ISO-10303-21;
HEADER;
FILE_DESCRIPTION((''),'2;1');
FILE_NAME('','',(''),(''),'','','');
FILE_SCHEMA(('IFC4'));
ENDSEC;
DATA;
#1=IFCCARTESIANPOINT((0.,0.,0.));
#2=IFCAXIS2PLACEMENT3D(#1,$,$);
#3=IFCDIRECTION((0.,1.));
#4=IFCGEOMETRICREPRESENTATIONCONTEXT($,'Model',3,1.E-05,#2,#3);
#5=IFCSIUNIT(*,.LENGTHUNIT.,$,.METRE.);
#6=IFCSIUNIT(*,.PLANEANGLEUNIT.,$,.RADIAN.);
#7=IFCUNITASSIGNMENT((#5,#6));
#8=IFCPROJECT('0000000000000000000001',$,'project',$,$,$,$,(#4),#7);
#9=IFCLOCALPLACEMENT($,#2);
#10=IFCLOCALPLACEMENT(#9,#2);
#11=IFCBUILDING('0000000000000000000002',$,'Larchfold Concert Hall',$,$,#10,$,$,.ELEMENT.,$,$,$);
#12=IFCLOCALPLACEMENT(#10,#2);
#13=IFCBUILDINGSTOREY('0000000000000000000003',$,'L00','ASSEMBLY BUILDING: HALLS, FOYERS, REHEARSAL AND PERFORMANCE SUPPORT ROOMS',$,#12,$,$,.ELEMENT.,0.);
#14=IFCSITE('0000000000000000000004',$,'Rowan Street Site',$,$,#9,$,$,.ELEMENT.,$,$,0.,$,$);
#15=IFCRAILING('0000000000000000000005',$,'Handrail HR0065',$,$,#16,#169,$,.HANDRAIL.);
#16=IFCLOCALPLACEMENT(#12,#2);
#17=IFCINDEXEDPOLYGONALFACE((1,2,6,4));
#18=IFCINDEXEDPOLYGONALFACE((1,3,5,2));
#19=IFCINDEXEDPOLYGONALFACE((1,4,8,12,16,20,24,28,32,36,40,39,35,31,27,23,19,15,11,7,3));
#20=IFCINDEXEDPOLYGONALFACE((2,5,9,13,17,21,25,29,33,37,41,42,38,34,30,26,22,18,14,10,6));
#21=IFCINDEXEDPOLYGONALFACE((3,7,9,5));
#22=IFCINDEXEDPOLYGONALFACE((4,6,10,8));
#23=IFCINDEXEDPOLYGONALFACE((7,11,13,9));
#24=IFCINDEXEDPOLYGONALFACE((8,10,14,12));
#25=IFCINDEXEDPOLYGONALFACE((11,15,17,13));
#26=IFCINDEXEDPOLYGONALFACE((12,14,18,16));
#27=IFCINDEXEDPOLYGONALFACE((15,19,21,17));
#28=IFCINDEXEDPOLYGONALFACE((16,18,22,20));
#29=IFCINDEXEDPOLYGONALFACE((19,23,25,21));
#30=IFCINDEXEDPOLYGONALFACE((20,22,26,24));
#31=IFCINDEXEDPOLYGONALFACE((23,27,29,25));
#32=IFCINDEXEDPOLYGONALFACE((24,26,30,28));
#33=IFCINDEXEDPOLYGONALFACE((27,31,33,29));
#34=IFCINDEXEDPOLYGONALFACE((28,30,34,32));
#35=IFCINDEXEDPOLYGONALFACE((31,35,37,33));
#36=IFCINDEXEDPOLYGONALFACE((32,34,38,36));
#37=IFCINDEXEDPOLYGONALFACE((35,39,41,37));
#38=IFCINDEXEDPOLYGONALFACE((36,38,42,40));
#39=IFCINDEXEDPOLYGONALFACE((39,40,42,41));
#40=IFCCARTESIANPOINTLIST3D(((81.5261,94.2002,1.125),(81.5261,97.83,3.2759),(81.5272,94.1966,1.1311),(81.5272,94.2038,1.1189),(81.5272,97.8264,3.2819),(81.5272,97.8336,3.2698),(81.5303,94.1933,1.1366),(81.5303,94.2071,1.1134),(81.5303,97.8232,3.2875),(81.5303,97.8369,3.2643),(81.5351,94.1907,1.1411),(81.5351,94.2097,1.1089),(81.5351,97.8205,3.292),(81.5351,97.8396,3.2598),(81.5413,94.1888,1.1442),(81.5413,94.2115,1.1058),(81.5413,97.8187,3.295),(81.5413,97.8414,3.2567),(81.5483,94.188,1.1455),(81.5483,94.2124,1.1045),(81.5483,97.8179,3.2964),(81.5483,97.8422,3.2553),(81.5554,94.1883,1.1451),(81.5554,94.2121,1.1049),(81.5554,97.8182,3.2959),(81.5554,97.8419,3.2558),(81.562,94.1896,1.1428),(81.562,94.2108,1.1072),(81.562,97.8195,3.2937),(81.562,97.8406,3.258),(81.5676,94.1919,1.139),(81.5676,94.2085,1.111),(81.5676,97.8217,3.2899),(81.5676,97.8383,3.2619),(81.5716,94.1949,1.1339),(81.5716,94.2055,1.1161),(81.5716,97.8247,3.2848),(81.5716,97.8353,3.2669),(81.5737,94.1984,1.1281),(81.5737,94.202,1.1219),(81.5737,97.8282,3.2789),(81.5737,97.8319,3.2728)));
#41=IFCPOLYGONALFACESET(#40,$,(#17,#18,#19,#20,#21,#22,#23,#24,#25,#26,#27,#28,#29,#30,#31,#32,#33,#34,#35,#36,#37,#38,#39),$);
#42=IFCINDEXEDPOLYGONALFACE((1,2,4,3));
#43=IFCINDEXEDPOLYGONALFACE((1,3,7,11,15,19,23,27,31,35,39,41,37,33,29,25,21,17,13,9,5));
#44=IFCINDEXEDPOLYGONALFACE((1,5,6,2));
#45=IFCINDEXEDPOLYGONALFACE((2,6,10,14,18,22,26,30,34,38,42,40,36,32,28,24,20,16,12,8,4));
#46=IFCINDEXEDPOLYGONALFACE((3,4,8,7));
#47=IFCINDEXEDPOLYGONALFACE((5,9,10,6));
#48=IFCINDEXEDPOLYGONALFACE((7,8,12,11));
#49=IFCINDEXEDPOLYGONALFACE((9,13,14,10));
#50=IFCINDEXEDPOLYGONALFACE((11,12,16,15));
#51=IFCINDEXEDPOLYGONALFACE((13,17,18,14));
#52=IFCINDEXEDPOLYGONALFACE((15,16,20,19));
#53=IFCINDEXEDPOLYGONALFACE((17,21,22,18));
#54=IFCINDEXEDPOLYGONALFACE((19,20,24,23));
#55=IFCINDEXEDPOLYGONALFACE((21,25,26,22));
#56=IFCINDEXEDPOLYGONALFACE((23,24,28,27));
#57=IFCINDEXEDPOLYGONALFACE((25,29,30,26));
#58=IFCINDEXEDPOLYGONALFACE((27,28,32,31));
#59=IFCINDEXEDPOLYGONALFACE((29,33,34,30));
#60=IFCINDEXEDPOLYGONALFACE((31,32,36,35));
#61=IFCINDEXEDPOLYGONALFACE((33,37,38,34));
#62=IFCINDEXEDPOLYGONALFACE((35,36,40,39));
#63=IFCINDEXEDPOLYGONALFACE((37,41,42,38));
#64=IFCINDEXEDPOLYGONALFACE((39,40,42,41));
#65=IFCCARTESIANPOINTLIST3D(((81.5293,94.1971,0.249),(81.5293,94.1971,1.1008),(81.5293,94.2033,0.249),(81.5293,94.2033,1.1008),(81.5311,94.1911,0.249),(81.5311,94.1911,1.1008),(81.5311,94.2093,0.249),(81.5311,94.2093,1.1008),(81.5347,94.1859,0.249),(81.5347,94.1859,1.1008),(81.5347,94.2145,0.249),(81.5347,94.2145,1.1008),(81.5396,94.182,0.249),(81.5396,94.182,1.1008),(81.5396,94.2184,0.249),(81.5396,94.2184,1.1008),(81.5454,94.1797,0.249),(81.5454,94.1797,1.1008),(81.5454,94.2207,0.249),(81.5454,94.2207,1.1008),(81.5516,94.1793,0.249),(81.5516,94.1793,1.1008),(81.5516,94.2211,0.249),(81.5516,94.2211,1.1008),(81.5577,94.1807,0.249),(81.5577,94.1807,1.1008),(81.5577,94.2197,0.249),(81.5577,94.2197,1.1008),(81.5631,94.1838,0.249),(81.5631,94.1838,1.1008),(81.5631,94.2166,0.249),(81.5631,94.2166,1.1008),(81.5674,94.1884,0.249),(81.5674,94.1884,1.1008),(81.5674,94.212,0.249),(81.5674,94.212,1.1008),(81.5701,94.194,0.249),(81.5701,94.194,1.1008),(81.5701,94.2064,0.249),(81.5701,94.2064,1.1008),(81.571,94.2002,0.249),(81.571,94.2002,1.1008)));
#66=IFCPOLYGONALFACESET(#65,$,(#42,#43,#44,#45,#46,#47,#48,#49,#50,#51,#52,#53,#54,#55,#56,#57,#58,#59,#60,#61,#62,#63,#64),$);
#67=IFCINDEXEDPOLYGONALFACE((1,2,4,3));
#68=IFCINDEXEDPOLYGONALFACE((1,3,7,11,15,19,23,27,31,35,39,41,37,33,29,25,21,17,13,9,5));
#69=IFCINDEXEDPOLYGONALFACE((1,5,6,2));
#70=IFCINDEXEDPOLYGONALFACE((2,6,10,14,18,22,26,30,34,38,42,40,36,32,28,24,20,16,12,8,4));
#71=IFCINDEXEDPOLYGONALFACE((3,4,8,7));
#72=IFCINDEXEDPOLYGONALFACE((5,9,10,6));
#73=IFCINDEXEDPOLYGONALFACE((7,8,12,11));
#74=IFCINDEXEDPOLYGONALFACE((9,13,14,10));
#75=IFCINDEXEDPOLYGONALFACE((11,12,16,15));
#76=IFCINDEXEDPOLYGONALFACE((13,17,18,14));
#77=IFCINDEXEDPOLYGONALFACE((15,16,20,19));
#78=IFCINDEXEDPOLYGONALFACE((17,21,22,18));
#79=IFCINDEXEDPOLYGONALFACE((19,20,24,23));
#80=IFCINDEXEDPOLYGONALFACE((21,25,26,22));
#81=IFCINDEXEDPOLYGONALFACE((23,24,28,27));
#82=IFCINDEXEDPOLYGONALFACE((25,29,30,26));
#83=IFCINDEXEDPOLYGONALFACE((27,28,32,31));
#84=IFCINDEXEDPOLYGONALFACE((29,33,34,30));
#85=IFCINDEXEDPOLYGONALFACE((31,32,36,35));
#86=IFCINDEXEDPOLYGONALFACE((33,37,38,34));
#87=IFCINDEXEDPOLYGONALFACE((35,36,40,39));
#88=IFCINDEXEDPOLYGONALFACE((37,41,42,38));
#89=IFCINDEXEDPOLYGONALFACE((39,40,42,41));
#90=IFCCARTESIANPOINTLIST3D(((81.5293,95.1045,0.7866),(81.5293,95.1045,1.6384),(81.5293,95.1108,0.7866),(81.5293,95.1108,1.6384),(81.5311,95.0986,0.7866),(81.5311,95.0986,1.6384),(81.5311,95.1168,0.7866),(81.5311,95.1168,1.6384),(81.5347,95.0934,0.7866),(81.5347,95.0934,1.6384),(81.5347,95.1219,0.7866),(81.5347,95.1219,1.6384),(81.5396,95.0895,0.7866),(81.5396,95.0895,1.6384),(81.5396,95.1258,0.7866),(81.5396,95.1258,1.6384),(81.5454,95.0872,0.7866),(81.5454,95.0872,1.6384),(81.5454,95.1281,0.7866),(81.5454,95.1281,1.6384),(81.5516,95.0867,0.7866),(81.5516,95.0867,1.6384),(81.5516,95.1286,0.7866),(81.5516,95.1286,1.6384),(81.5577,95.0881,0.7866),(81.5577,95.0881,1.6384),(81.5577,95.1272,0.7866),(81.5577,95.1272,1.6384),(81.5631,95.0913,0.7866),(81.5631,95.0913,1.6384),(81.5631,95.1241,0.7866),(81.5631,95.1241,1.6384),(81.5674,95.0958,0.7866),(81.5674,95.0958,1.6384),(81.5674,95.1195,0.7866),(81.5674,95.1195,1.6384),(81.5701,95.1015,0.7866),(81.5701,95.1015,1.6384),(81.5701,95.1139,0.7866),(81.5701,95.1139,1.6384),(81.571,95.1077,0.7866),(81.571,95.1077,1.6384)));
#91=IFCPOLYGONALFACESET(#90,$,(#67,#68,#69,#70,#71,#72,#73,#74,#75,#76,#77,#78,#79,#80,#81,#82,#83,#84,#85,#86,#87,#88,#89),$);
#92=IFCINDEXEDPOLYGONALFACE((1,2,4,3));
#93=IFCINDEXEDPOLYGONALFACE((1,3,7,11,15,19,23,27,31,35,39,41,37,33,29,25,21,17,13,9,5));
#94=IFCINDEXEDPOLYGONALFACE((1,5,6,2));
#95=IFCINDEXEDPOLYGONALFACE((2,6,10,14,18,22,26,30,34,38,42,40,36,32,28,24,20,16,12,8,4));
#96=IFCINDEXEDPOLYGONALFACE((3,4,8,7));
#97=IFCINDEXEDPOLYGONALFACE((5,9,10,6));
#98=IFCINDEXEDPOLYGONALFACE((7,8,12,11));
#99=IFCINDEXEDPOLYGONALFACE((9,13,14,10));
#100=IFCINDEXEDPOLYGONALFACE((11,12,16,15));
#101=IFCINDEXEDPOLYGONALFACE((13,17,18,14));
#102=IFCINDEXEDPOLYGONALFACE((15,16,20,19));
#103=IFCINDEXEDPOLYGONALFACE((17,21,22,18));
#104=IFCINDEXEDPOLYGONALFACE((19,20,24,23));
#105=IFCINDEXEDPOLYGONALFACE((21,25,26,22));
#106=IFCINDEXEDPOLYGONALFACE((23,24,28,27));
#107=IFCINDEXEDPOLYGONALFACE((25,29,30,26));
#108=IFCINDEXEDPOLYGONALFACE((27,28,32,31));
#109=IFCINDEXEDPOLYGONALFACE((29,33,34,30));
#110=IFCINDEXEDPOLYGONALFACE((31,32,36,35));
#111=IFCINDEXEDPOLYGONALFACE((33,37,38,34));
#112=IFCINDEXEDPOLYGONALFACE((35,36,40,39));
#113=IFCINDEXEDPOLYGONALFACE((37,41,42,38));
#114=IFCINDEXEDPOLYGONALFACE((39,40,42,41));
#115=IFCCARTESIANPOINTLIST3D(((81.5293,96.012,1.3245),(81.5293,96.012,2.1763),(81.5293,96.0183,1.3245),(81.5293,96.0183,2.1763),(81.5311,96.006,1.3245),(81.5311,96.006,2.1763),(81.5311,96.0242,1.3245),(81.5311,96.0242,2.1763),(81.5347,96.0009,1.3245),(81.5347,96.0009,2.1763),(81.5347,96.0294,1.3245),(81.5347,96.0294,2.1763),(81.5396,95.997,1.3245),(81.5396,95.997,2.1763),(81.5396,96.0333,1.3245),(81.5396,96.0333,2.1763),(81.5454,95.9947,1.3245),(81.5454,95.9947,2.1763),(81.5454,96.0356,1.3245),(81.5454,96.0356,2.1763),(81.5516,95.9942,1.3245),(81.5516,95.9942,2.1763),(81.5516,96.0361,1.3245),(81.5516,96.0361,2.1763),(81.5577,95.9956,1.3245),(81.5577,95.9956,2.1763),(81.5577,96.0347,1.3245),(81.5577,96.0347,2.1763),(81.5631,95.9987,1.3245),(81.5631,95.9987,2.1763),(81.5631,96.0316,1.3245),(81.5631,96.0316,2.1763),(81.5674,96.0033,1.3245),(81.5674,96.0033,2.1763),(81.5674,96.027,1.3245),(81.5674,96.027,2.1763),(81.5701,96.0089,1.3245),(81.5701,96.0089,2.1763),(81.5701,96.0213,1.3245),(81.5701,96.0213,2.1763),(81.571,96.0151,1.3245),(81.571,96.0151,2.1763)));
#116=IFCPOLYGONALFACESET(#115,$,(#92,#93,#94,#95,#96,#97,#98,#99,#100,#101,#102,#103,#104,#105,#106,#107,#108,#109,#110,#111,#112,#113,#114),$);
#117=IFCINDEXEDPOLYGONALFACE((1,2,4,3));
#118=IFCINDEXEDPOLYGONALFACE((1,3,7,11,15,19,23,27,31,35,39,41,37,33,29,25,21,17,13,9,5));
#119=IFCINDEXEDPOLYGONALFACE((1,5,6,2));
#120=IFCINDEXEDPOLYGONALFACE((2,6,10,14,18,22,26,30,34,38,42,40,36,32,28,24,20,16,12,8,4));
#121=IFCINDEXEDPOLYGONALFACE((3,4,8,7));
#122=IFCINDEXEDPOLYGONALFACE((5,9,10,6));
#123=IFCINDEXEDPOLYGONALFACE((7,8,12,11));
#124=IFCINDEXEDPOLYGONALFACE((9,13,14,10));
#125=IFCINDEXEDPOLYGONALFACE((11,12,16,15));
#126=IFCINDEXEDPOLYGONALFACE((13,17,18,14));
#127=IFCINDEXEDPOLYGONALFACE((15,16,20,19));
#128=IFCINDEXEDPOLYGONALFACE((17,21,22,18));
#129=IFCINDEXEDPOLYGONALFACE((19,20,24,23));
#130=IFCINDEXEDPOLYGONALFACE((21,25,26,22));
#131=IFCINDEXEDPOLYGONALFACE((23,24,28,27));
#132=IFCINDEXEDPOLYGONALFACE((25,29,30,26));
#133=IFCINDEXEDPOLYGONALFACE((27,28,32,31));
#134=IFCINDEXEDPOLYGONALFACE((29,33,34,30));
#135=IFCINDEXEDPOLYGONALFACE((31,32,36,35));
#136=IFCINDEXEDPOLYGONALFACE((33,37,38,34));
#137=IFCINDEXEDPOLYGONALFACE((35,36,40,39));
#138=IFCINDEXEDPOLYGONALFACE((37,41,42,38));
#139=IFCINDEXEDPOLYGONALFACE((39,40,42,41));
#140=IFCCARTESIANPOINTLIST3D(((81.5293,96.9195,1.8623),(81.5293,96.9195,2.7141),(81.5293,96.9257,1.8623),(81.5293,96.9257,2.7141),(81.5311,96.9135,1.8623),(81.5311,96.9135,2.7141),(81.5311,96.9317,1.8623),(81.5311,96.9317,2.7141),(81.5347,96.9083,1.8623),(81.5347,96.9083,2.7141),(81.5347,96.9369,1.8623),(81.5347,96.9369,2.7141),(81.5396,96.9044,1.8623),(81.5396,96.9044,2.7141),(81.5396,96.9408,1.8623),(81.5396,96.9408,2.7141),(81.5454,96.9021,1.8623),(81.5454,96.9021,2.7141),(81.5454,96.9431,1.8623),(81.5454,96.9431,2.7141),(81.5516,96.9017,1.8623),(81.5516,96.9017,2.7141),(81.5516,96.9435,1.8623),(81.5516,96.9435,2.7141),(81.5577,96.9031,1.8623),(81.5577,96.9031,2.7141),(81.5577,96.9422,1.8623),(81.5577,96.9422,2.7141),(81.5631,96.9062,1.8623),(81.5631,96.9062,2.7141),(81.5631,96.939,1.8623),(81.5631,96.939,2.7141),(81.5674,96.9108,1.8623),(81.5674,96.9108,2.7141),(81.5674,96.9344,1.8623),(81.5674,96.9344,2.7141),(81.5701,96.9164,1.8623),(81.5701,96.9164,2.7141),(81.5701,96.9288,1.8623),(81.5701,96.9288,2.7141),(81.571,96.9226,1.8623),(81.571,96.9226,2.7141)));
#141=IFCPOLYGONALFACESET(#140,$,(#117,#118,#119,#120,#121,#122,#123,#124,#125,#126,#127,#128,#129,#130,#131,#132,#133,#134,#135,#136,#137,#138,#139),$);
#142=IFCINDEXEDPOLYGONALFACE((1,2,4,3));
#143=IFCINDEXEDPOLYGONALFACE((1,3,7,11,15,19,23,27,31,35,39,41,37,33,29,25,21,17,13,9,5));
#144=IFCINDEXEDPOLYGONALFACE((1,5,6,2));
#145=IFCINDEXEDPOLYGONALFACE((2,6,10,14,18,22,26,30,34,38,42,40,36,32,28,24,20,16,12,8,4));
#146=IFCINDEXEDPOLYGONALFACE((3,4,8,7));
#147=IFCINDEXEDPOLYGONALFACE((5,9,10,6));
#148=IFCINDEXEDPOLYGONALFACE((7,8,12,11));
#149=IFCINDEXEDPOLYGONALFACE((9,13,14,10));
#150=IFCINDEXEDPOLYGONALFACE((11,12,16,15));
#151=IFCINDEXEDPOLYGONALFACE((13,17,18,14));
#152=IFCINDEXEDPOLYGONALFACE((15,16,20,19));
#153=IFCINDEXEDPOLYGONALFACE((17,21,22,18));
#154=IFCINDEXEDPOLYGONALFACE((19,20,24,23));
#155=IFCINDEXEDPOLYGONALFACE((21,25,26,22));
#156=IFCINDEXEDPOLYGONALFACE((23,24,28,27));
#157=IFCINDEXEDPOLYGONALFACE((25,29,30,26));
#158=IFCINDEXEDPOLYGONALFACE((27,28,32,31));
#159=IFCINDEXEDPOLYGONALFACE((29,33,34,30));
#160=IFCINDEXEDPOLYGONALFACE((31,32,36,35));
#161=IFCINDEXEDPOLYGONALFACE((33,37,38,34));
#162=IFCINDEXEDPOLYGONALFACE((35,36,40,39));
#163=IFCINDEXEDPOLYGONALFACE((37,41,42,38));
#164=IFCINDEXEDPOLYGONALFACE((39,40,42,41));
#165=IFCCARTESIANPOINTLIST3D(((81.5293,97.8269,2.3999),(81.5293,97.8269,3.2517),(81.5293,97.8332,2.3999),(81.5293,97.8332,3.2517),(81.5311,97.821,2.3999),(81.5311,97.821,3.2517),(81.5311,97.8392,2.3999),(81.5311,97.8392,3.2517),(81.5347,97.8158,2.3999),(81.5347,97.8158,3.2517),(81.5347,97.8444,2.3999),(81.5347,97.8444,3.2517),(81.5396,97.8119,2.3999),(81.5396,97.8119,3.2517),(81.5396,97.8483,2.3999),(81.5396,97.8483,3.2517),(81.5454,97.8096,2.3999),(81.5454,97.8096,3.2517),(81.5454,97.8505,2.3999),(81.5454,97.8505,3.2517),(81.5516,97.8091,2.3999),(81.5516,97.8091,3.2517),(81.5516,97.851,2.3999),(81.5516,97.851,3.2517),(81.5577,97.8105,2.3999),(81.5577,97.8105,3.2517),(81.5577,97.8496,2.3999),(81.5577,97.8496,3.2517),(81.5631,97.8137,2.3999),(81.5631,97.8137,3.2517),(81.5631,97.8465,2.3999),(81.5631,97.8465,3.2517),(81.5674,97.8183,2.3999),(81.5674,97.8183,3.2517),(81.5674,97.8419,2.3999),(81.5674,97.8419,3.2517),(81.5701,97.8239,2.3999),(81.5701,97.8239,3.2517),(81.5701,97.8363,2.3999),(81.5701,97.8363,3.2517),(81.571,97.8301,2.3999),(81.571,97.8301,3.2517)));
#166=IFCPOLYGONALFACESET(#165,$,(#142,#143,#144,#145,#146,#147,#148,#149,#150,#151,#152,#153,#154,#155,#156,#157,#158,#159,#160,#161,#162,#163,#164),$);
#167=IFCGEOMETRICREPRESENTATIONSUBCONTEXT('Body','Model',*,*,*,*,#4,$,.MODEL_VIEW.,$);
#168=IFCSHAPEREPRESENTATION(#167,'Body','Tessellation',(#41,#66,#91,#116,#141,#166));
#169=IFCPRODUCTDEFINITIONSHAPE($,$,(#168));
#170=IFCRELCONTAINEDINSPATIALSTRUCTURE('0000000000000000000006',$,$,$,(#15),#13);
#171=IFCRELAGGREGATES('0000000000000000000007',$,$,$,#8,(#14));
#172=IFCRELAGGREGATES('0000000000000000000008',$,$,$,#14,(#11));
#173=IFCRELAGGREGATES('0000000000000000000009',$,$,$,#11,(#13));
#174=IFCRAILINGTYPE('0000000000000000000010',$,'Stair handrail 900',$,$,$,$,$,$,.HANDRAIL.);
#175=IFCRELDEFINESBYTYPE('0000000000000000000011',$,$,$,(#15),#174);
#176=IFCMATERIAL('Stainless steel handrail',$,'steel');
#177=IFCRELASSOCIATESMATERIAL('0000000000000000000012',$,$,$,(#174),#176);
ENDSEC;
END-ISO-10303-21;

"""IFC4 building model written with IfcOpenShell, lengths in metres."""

from ifc_helpers import new_model, si_unit, direction, frame, origin, origin_2d, place, context, subcontext, project, spatial, circle, extrude, material, type_object, element, save


model = new_model("IFC4")

# Units and contexts
model_context = context("Model", 3, precision=1e-05, world=origin(), true_north=direction((0.0, 1.0)))
body_context = subcontext(model_context, "Body", "Model", "MODEL_VIEW")
ifc_project = project(units=[si_unit("LENGTHUNIT", "METRE"), si_unit("PLANEANGLEUNIT", "RADIAN")], contexts=[model_context])

# Site, building, storey
site_placement = place(None, origin())
site = spatial("IfcSite", under=ifc_project, at=site_placement, Name="Rowan Street Site", CompositionType="ELEMENT", RefElevation=0.0)
building_placement = place(site_placement, origin())
building = spatial("IfcBuilding", under=site, at=building_placement, Name="Larchfold Concert Hall", CompositionType="ELEMENT")
storey_placement = place(building_placement, origin())
storey = spatial("IfcBuildingStorey", under=building, at=storey_placement, Name="L00", Description="ASSEMBLY BUILDING: HALLS, FOYERS, REHEARSAL AND PERFORMANCE SUPPORT ROOMS", CompositionType="ELEMENT", Elevation=0.0)

# Railing
ifc_material_1 = material(Name="Stainless steel handrail", Category="steel")
railing_type_1 = type_object("IfcRailingType", Name="Stair handrail 900", PredefinedType="HANDRAIL", material=ifc_material_1)
railing_1_placement = place(storey_placement, frame((81.55, 94.2002, 0.249)))
element("IfcRailing", 1, at=railing_1_placement, inside=storey, type_object=railing_type_1, Name="Handrail HR0065", PredefinedType="HANDRAIL", context=body_context, shape_type="SweptSolid", body=[
    extrude(circle(Radius=0.0239, at=origin_2d()), frame((0.0, 0.0, 0.876), z_axis=(0.0, 0.860308, 0.509774), x_axis=(-1.0, 0.0, 0.0)), (0.0, 0.0, 1.0), 4.2192),
    extrude(circle(Radius=0.021, at=origin_2d()), origin(), (0.0, 0.0, 1.0), 0.8518),
    extrude(circle(Radius=0.021, at=origin_2d()), frame((0.0, 0.9075, 0.5376)), (0.0, 0.0, 1.0), 0.8518),
    extrude(circle(Radius=0.021, at=origin_2d()), frame((0.0, 1.8149, 1.0754)), (0.0, 0.0, 1.0), 0.8518),
    extrude(circle(Radius=0.021, at=origin_2d()), frame((0.0, 2.7224, 1.6133)), (0.0, 0.0, 1.0), 0.8518),
    extrude(circle(Radius=0.021, at=origin_2d()), frame((0.0, 3.6299, 2.1509)), (0.0, 0.0, 1.0), 0.8518),
])

save(model, "model.ifc")
